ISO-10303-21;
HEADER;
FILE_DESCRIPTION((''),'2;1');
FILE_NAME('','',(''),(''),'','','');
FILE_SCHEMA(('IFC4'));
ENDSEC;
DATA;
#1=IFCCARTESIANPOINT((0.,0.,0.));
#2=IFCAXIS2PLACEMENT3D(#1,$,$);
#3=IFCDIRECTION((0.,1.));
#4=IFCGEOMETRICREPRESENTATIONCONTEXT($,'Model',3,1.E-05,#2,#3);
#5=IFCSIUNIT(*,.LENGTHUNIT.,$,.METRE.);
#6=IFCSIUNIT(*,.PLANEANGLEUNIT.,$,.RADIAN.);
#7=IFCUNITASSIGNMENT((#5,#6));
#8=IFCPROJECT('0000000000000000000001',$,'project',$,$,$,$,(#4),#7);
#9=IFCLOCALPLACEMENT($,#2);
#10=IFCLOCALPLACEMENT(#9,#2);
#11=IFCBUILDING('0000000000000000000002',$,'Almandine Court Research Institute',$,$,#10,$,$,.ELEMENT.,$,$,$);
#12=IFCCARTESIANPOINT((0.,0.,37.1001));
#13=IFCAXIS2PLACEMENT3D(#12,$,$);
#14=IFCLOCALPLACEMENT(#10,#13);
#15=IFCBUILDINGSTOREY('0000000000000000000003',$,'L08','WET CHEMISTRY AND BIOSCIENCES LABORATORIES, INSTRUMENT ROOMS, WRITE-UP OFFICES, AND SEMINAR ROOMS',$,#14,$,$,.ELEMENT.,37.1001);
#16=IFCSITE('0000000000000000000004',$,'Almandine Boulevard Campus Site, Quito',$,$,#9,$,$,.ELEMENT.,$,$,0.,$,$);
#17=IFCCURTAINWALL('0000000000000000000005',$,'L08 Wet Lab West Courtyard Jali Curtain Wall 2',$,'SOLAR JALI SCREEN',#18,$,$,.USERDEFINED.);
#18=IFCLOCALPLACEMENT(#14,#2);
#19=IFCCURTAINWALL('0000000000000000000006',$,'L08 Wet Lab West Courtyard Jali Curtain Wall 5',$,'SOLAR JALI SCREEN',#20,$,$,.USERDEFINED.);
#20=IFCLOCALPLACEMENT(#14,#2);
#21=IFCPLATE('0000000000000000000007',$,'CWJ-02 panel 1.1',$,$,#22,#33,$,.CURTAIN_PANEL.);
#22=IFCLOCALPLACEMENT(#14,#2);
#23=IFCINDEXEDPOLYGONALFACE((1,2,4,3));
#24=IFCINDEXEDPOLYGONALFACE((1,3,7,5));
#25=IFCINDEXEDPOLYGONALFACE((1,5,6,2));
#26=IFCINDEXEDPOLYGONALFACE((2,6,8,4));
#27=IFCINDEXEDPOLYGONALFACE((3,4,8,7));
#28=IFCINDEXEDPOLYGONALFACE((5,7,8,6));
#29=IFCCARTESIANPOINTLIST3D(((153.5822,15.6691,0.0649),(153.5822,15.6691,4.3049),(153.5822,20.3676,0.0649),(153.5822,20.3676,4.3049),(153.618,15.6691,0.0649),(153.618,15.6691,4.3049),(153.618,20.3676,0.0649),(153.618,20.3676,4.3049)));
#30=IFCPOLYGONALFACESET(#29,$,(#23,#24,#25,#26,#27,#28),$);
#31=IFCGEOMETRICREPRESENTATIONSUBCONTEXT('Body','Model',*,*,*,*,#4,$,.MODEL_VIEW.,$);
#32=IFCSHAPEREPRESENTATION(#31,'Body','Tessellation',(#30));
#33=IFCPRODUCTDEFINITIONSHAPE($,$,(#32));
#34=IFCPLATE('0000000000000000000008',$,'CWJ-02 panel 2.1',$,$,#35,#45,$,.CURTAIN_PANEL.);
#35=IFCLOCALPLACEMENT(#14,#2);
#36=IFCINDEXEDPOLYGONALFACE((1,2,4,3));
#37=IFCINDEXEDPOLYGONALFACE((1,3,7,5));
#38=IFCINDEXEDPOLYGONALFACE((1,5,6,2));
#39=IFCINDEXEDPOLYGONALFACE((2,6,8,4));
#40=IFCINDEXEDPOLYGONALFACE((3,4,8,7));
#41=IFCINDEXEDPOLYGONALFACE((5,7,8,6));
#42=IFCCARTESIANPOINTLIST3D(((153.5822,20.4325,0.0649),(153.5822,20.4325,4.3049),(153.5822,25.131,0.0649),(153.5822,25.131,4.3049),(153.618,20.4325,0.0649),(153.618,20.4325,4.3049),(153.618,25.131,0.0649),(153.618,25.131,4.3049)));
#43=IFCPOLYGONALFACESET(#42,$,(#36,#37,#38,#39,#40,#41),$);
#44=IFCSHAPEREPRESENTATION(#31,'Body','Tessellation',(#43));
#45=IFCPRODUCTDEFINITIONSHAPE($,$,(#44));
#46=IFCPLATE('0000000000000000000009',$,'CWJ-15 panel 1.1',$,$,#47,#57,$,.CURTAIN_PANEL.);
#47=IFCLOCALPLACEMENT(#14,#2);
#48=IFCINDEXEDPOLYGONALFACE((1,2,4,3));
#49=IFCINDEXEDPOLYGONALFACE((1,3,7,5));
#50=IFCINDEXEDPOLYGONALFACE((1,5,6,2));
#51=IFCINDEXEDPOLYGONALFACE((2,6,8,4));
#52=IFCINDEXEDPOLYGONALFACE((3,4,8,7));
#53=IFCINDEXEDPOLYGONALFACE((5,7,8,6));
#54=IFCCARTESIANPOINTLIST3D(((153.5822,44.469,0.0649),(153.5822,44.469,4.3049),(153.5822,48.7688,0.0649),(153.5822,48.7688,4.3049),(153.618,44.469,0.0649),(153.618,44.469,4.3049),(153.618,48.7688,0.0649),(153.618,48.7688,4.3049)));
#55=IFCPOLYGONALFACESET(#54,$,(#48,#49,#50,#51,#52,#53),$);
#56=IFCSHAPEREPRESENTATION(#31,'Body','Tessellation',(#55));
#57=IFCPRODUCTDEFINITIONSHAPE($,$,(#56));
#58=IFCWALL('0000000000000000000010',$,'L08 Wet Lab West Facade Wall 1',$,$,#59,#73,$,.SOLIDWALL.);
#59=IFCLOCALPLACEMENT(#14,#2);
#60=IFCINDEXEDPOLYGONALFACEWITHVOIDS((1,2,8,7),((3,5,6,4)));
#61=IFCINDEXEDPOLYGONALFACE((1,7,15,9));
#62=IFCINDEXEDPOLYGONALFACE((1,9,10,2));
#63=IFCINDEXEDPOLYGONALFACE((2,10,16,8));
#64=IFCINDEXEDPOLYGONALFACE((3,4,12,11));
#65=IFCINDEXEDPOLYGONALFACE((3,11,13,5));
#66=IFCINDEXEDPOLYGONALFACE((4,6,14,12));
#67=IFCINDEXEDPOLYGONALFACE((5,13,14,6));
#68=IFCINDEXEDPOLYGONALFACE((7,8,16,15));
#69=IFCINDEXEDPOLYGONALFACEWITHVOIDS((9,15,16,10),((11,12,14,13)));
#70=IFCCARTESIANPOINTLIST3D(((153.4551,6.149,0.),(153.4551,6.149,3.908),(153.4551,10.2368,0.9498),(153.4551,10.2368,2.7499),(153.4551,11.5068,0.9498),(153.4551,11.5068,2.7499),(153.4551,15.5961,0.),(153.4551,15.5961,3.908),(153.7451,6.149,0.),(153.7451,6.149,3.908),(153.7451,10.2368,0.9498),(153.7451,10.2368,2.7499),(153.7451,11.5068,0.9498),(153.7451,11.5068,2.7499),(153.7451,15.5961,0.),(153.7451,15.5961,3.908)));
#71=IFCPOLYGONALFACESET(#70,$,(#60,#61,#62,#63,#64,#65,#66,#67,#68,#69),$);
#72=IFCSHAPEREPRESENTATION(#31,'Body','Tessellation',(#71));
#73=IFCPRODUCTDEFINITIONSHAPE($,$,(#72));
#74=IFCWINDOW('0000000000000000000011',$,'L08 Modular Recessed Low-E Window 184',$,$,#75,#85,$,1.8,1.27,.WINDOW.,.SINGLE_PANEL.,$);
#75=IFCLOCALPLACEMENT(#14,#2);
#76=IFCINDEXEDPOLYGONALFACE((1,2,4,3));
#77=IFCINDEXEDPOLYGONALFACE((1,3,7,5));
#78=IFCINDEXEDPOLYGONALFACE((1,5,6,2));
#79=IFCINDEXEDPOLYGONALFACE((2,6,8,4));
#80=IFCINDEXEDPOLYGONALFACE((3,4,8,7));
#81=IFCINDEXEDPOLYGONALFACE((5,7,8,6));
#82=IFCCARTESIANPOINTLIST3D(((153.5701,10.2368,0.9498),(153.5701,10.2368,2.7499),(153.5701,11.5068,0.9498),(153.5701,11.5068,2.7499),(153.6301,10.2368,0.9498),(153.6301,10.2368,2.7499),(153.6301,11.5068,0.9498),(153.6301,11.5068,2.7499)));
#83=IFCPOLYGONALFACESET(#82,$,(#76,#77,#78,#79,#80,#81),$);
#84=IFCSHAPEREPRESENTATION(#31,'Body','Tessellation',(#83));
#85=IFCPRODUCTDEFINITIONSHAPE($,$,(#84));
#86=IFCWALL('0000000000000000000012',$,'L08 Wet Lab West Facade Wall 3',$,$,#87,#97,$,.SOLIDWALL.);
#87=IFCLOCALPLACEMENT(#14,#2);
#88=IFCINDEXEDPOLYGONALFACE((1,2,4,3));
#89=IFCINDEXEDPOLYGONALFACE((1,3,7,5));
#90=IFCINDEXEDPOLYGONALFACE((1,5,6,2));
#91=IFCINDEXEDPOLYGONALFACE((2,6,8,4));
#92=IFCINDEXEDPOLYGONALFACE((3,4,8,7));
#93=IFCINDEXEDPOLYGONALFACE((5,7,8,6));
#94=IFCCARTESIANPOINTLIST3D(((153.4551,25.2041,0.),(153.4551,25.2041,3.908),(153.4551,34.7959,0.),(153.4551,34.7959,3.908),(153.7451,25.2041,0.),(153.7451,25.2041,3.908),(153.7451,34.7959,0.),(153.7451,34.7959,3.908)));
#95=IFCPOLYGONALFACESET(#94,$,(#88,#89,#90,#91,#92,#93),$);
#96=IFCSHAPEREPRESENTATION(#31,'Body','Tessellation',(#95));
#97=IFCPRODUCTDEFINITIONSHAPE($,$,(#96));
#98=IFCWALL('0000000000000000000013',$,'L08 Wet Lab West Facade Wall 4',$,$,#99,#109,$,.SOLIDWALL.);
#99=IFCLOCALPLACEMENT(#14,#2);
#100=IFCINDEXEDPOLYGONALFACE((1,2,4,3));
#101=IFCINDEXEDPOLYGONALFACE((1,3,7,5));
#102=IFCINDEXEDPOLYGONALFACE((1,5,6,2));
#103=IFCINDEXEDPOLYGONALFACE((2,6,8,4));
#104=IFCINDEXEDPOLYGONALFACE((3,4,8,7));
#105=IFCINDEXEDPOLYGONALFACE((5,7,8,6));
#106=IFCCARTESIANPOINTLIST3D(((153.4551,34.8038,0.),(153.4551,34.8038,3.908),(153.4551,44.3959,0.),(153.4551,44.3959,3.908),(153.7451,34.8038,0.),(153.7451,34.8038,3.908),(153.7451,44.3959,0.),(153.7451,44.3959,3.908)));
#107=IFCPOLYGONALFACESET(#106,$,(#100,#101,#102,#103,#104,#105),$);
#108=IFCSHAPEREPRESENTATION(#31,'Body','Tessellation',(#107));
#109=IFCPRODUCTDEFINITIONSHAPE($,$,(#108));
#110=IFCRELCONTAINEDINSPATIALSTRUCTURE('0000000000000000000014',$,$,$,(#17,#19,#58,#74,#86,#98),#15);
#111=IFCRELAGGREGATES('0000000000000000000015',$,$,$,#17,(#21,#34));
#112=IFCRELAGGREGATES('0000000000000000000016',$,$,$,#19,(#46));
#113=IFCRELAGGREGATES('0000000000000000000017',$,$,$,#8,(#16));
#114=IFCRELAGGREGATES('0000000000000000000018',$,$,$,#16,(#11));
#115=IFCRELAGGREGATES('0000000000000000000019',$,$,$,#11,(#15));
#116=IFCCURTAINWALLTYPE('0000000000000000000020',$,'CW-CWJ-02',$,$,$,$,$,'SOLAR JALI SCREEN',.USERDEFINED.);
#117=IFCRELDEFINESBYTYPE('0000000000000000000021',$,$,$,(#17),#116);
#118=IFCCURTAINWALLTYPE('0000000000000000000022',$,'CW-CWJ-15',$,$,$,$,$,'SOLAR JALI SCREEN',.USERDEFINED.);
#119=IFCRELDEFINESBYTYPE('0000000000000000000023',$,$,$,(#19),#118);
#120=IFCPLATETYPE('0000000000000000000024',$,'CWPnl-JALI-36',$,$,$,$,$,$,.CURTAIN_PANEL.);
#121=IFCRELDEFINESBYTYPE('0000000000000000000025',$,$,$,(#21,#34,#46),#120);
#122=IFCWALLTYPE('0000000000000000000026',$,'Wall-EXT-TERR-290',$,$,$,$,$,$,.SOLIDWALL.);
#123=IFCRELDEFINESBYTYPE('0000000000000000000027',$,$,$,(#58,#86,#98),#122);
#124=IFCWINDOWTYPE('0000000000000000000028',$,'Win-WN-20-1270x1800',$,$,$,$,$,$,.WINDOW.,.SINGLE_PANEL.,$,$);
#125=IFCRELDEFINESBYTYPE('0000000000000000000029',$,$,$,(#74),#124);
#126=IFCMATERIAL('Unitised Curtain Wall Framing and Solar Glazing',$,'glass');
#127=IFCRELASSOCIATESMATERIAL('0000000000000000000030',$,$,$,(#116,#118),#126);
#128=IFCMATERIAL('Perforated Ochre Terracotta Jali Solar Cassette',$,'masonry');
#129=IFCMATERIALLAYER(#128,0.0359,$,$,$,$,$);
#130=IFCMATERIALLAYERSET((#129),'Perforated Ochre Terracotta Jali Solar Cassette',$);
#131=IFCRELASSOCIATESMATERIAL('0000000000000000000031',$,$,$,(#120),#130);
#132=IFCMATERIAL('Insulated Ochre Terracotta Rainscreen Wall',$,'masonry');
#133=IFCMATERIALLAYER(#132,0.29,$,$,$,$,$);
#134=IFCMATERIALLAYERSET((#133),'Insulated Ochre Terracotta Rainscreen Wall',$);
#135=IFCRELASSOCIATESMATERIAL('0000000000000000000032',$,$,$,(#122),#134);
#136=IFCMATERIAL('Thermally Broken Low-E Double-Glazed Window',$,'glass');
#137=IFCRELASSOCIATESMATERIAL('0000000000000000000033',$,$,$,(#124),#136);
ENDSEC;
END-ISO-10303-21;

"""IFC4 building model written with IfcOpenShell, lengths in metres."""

from ifc_helpers import new_model, si_unit, direction, frame, frame_2d, origin, origin_2d, place, context, subcontext, project, spatial, rectangle, extrude, material, layer, layer_set, type_object, element, fill, aggregate, save


model = new_model("IFC4")

# Units and contexts
model_context = context("Model", 3, precision=1e-05, world=origin(), true_north=direction((0.0, 1.0)))
body_context = subcontext(model_context, "Body", "Model", "MODEL_VIEW")
ifc_project = project(units=[si_unit("LENGTHUNIT", "METRE"), si_unit("PLANEANGLEUNIT", "RADIAN")], contexts=[model_context])

# Site, building, storey
site_placement = place(None, origin())
site = spatial("IfcSite", under=ifc_project, at=site_placement, Name="Almandine Boulevard Campus Site, Quito", CompositionType="ELEMENT", RefElevation=0.0)
building_placement = place(site_placement, origin())
building = spatial("IfcBuilding", under=site, at=building_placement, Name="Almandine Court Research Institute", CompositionType="ELEMENT")
storey_placement = place(building_placement, frame((0.0, 0.0, 37.1001)))
storey = spatial("IfcBuildingStorey", under=building, at=storey_placement, Name="L08", Description="WET CHEMISTRY AND BIOSCIENCES LABORATORIES, INSTRUMENT ROOMS, WRITE-UP OFFICES, AND SEMINAR ROOMS", CompositionType="ELEMENT", Elevation=37.1001)

# Curtain walls
ifc_material_1 = material(Name="Unitised Curtain Wall Framing and Solar Glazing", Category="glass")
curtain_wall_type_1 = type_object("IfcCurtainWallType", Name="CW-CWJ-02", ElementType="SOLAR JALI SCREEN", PredefinedType="USERDEFINED", material=ifc_material_1)
curtain_wall_1_placement = place(storey_placement, origin())
curtain_wall_1 = element("IfcCurtainWall", 1, at=curtain_wall_1_placement, inside=storey, type_object=curtain_wall_type_1, Name="L08 Wet Lab West Courtyard Jali Curtain Wall 2", ObjectType="SOLAR JALI SCREEN", PredefinedType="USERDEFINED")
curtain_wall_type_2 = type_object("IfcCurtainWallType", Name="CW-CWJ-15", ElementType="SOLAR JALI SCREEN", PredefinedType="USERDEFINED", material=ifc_material_1)
curtain_wall_2_placement = place(storey_placement, origin())
curtain_wall_2 = element("IfcCurtainWall", 2, at=curtain_wall_2_placement, inside=storey, type_object=curtain_wall_type_2, Name="L08 Wet Lab West Courtyard Jali Curtain Wall 5", ObjectType="SOLAR JALI SCREEN", PredefinedType="USERDEFINED")

# Plates
ifc_material_2 = material(Name="Perforated Ochre Terracotta Jali Solar Cassette", Category="masonry")
ifc_layer_1 = layer(ifc_material_2, 0.0359)
ifc_layer_set_1 = layer_set([ifc_layer_1], Name="Perforated Ochre Terracotta Jali Solar Cassette")
plate_type = type_object("IfcPlateType", Name="CWPnl-JALI-36", PredefinedType="CURTAIN_PANEL", material=ifc_layer_set_1)
plate_1_placement = place(storey_placement, frame((153.6001, 18.0183, 0.0649), z_axis=(0.0, 0.0, 1.0), x_axis=(0.0, 1.0, 0.0)))
plate_1 = element("IfcPlate", 3, at=plate_1_placement, type_object=plate_type, Name="CWJ-02 panel 1.1", PredefinedType="CURTAIN_PANEL", context=body_context, shape_type="SweptSolid", body=[
    extrude(rectangle(XDim=4.6985, YDim=0.0359, at=origin_2d()), origin(), (0.0, 0.0, 1.0), 4.24),
])
plate_2_placement = place(storey_placement, frame((153.6001, 22.7817, 0.0649), z_axis=(0.0, 0.0, 1.0), x_axis=(0.0, 1.0, 0.0)))
plate_2 = element("IfcPlate", 4, at=plate_2_placement, type_object=plate_type, Name="CWJ-02 panel 2.1", PredefinedType="CURTAIN_PANEL", context=body_context, shape_type="SweptSolid", body=[
    extrude(rectangle(XDim=4.6985, YDim=0.0359, at=origin_2d()), origin(), (0.0, 0.0, 1.0), 4.24),
])
aggregate(curtain_wall_1, [plate_1, plate_2])
plate_3_placement = place(storey_placement, frame((153.6001, 46.6189, 0.0649), z_axis=(0.0, 0.0, 1.0), x_axis=(0.0, 1.0, 0.0)))
plate_3 = element("IfcPlate", 5, at=plate_3_placement, type_object=plate_type, Name="CWJ-15 panel 1.1", PredefinedType="CURTAIN_PANEL", context=body_context, shape_type="SweptSolid", body=[
    extrude(rectangle(XDim=4.2998, YDim=0.0359, at=origin_2d()), origin(), (0.0, 0.0, 1.0), 4.24),
])
aggregate(curtain_wall_2, [plate_3])

# Wall, opening, window
ifc_material_3 = material(Name="Insulated Ochre Terracotta Rainscreen Wall", Category="masonry")
ifc_layer_2 = layer(ifc_material_3, 0.29)
ifc_layer_set_2 = layer_set([ifc_layer_2], Name="Insulated Ochre Terracotta Rainscreen Wall")
wall_type = type_object("IfcWallType", Name="Wall-EXT-TERR-290", PredefinedType="SOLIDWALL", material=ifc_layer_set_2)
wall_1_placement = place(storey_placement, frame((153.6001, 6.1489, 0.0), z_axis=(0.0, 0.0, 1.0), x_axis=(0.0, 1.0, 0.0)))
wall_1 = element("IfcWall", 6, at=wall_1_placement, inside=storey, type_object=wall_type, Name="L08 Wet Lab West Facade Wall 1", PredefinedType="SOLIDWALL", context=body_context, shape_type="SweptSolid", body=[
    extrude(rectangle(XDim=9.447, YDim=0.29, at=frame_2d((4.7236, 0.0))), origin(), (0.0, 0.0, 1.0), 3.908),
])
opening_placement = place(wall_1_placement, frame((4.0879, 0.0, 0.95)))
opening = element("IfcOpeningElement", 7, at=opening_placement, cuts=wall_1, PredefinedType="OPENING", context=body_context, shape_type="SweptSolid", body=[
    extrude(rectangle(XDim=1.27, YDim=1.8, at=frame_2d((0.635, 0.8999))), frame((0.0, 0.155, 0.0), z_axis=(0.0, -1.0, 0.0), x_axis=(1.0, 0.0, 0.0)), (0.0, 0.0, 1.0), 0.3101),
])
ifc_material_4 = material(Name="Thermally Broken Low-E Double-Glazed Window", Category="glass")
window_type = type_object("IfcWindowType", Name="Win-WN-20-1270x1800", PartitioningType="SINGLE_PANEL", PredefinedType="WINDOW", material=ifc_material_4)
window_placement = place(opening_placement, origin())
window = element("IfcWindow", 8, at=window_placement, inside=storey, type_object=window_type, Name="L08 Modular Recessed Low-E Window 184", OverallHeight=1.8, OverallWidth=1.27, PartitioningType="SINGLE_PANEL", PredefinedType="WINDOW", context=body_context, shape_type="SweptSolid", body=[
    extrude(rectangle(XDim=1.27, YDim=1.8, at=frame_2d((0.635, 0.8999))), frame((0.0, 0.03, 0.0), z_axis=(0.0, -1.0, 0.0), x_axis=(1.0, 0.0, 0.0)), (0.0, 0.0, 1.0), 0.0601),
])
fill(opening, window)

# Walls
wall_2_placement = place(storey_placement, frame((153.6001, 25.2041, 0.0), z_axis=(0.0, 0.0, 1.0), x_axis=(0.0, 1.0, 0.0)))
element("IfcWall", 9, at=wall_2_placement, inside=storey, type_object=wall_type, Name="L08 Wet Lab West Facade Wall 3", PredefinedType="SOLIDWALL", context=body_context, shape_type="SweptSolid", body=[
    extrude(rectangle(XDim=9.5918, YDim=0.29, at=frame_2d((4.7959, 0.0))), origin(), (0.0, 0.0, 1.0), 3.908),
])
wall_3_placement = place(storey_placement, frame((153.6001, 34.804, 0.0), z_axis=(0.0, 0.0, 1.0), x_axis=(0.0, 1.0, 0.0)))
element("IfcWall", 10, at=wall_3_placement, inside=storey, type_object=wall_type, Name="L08 Wet Lab West Facade Wall 4", PredefinedType="SOLIDWALL", context=body_context, shape_type="SweptSolid", body=[
    extrude(rectangle(XDim=9.592, YDim=0.29, at=frame_2d((4.7959, 0.0))), origin(), (0.0, 0.0, 1.0), 3.908),
])

save(model, "model.ifc")
